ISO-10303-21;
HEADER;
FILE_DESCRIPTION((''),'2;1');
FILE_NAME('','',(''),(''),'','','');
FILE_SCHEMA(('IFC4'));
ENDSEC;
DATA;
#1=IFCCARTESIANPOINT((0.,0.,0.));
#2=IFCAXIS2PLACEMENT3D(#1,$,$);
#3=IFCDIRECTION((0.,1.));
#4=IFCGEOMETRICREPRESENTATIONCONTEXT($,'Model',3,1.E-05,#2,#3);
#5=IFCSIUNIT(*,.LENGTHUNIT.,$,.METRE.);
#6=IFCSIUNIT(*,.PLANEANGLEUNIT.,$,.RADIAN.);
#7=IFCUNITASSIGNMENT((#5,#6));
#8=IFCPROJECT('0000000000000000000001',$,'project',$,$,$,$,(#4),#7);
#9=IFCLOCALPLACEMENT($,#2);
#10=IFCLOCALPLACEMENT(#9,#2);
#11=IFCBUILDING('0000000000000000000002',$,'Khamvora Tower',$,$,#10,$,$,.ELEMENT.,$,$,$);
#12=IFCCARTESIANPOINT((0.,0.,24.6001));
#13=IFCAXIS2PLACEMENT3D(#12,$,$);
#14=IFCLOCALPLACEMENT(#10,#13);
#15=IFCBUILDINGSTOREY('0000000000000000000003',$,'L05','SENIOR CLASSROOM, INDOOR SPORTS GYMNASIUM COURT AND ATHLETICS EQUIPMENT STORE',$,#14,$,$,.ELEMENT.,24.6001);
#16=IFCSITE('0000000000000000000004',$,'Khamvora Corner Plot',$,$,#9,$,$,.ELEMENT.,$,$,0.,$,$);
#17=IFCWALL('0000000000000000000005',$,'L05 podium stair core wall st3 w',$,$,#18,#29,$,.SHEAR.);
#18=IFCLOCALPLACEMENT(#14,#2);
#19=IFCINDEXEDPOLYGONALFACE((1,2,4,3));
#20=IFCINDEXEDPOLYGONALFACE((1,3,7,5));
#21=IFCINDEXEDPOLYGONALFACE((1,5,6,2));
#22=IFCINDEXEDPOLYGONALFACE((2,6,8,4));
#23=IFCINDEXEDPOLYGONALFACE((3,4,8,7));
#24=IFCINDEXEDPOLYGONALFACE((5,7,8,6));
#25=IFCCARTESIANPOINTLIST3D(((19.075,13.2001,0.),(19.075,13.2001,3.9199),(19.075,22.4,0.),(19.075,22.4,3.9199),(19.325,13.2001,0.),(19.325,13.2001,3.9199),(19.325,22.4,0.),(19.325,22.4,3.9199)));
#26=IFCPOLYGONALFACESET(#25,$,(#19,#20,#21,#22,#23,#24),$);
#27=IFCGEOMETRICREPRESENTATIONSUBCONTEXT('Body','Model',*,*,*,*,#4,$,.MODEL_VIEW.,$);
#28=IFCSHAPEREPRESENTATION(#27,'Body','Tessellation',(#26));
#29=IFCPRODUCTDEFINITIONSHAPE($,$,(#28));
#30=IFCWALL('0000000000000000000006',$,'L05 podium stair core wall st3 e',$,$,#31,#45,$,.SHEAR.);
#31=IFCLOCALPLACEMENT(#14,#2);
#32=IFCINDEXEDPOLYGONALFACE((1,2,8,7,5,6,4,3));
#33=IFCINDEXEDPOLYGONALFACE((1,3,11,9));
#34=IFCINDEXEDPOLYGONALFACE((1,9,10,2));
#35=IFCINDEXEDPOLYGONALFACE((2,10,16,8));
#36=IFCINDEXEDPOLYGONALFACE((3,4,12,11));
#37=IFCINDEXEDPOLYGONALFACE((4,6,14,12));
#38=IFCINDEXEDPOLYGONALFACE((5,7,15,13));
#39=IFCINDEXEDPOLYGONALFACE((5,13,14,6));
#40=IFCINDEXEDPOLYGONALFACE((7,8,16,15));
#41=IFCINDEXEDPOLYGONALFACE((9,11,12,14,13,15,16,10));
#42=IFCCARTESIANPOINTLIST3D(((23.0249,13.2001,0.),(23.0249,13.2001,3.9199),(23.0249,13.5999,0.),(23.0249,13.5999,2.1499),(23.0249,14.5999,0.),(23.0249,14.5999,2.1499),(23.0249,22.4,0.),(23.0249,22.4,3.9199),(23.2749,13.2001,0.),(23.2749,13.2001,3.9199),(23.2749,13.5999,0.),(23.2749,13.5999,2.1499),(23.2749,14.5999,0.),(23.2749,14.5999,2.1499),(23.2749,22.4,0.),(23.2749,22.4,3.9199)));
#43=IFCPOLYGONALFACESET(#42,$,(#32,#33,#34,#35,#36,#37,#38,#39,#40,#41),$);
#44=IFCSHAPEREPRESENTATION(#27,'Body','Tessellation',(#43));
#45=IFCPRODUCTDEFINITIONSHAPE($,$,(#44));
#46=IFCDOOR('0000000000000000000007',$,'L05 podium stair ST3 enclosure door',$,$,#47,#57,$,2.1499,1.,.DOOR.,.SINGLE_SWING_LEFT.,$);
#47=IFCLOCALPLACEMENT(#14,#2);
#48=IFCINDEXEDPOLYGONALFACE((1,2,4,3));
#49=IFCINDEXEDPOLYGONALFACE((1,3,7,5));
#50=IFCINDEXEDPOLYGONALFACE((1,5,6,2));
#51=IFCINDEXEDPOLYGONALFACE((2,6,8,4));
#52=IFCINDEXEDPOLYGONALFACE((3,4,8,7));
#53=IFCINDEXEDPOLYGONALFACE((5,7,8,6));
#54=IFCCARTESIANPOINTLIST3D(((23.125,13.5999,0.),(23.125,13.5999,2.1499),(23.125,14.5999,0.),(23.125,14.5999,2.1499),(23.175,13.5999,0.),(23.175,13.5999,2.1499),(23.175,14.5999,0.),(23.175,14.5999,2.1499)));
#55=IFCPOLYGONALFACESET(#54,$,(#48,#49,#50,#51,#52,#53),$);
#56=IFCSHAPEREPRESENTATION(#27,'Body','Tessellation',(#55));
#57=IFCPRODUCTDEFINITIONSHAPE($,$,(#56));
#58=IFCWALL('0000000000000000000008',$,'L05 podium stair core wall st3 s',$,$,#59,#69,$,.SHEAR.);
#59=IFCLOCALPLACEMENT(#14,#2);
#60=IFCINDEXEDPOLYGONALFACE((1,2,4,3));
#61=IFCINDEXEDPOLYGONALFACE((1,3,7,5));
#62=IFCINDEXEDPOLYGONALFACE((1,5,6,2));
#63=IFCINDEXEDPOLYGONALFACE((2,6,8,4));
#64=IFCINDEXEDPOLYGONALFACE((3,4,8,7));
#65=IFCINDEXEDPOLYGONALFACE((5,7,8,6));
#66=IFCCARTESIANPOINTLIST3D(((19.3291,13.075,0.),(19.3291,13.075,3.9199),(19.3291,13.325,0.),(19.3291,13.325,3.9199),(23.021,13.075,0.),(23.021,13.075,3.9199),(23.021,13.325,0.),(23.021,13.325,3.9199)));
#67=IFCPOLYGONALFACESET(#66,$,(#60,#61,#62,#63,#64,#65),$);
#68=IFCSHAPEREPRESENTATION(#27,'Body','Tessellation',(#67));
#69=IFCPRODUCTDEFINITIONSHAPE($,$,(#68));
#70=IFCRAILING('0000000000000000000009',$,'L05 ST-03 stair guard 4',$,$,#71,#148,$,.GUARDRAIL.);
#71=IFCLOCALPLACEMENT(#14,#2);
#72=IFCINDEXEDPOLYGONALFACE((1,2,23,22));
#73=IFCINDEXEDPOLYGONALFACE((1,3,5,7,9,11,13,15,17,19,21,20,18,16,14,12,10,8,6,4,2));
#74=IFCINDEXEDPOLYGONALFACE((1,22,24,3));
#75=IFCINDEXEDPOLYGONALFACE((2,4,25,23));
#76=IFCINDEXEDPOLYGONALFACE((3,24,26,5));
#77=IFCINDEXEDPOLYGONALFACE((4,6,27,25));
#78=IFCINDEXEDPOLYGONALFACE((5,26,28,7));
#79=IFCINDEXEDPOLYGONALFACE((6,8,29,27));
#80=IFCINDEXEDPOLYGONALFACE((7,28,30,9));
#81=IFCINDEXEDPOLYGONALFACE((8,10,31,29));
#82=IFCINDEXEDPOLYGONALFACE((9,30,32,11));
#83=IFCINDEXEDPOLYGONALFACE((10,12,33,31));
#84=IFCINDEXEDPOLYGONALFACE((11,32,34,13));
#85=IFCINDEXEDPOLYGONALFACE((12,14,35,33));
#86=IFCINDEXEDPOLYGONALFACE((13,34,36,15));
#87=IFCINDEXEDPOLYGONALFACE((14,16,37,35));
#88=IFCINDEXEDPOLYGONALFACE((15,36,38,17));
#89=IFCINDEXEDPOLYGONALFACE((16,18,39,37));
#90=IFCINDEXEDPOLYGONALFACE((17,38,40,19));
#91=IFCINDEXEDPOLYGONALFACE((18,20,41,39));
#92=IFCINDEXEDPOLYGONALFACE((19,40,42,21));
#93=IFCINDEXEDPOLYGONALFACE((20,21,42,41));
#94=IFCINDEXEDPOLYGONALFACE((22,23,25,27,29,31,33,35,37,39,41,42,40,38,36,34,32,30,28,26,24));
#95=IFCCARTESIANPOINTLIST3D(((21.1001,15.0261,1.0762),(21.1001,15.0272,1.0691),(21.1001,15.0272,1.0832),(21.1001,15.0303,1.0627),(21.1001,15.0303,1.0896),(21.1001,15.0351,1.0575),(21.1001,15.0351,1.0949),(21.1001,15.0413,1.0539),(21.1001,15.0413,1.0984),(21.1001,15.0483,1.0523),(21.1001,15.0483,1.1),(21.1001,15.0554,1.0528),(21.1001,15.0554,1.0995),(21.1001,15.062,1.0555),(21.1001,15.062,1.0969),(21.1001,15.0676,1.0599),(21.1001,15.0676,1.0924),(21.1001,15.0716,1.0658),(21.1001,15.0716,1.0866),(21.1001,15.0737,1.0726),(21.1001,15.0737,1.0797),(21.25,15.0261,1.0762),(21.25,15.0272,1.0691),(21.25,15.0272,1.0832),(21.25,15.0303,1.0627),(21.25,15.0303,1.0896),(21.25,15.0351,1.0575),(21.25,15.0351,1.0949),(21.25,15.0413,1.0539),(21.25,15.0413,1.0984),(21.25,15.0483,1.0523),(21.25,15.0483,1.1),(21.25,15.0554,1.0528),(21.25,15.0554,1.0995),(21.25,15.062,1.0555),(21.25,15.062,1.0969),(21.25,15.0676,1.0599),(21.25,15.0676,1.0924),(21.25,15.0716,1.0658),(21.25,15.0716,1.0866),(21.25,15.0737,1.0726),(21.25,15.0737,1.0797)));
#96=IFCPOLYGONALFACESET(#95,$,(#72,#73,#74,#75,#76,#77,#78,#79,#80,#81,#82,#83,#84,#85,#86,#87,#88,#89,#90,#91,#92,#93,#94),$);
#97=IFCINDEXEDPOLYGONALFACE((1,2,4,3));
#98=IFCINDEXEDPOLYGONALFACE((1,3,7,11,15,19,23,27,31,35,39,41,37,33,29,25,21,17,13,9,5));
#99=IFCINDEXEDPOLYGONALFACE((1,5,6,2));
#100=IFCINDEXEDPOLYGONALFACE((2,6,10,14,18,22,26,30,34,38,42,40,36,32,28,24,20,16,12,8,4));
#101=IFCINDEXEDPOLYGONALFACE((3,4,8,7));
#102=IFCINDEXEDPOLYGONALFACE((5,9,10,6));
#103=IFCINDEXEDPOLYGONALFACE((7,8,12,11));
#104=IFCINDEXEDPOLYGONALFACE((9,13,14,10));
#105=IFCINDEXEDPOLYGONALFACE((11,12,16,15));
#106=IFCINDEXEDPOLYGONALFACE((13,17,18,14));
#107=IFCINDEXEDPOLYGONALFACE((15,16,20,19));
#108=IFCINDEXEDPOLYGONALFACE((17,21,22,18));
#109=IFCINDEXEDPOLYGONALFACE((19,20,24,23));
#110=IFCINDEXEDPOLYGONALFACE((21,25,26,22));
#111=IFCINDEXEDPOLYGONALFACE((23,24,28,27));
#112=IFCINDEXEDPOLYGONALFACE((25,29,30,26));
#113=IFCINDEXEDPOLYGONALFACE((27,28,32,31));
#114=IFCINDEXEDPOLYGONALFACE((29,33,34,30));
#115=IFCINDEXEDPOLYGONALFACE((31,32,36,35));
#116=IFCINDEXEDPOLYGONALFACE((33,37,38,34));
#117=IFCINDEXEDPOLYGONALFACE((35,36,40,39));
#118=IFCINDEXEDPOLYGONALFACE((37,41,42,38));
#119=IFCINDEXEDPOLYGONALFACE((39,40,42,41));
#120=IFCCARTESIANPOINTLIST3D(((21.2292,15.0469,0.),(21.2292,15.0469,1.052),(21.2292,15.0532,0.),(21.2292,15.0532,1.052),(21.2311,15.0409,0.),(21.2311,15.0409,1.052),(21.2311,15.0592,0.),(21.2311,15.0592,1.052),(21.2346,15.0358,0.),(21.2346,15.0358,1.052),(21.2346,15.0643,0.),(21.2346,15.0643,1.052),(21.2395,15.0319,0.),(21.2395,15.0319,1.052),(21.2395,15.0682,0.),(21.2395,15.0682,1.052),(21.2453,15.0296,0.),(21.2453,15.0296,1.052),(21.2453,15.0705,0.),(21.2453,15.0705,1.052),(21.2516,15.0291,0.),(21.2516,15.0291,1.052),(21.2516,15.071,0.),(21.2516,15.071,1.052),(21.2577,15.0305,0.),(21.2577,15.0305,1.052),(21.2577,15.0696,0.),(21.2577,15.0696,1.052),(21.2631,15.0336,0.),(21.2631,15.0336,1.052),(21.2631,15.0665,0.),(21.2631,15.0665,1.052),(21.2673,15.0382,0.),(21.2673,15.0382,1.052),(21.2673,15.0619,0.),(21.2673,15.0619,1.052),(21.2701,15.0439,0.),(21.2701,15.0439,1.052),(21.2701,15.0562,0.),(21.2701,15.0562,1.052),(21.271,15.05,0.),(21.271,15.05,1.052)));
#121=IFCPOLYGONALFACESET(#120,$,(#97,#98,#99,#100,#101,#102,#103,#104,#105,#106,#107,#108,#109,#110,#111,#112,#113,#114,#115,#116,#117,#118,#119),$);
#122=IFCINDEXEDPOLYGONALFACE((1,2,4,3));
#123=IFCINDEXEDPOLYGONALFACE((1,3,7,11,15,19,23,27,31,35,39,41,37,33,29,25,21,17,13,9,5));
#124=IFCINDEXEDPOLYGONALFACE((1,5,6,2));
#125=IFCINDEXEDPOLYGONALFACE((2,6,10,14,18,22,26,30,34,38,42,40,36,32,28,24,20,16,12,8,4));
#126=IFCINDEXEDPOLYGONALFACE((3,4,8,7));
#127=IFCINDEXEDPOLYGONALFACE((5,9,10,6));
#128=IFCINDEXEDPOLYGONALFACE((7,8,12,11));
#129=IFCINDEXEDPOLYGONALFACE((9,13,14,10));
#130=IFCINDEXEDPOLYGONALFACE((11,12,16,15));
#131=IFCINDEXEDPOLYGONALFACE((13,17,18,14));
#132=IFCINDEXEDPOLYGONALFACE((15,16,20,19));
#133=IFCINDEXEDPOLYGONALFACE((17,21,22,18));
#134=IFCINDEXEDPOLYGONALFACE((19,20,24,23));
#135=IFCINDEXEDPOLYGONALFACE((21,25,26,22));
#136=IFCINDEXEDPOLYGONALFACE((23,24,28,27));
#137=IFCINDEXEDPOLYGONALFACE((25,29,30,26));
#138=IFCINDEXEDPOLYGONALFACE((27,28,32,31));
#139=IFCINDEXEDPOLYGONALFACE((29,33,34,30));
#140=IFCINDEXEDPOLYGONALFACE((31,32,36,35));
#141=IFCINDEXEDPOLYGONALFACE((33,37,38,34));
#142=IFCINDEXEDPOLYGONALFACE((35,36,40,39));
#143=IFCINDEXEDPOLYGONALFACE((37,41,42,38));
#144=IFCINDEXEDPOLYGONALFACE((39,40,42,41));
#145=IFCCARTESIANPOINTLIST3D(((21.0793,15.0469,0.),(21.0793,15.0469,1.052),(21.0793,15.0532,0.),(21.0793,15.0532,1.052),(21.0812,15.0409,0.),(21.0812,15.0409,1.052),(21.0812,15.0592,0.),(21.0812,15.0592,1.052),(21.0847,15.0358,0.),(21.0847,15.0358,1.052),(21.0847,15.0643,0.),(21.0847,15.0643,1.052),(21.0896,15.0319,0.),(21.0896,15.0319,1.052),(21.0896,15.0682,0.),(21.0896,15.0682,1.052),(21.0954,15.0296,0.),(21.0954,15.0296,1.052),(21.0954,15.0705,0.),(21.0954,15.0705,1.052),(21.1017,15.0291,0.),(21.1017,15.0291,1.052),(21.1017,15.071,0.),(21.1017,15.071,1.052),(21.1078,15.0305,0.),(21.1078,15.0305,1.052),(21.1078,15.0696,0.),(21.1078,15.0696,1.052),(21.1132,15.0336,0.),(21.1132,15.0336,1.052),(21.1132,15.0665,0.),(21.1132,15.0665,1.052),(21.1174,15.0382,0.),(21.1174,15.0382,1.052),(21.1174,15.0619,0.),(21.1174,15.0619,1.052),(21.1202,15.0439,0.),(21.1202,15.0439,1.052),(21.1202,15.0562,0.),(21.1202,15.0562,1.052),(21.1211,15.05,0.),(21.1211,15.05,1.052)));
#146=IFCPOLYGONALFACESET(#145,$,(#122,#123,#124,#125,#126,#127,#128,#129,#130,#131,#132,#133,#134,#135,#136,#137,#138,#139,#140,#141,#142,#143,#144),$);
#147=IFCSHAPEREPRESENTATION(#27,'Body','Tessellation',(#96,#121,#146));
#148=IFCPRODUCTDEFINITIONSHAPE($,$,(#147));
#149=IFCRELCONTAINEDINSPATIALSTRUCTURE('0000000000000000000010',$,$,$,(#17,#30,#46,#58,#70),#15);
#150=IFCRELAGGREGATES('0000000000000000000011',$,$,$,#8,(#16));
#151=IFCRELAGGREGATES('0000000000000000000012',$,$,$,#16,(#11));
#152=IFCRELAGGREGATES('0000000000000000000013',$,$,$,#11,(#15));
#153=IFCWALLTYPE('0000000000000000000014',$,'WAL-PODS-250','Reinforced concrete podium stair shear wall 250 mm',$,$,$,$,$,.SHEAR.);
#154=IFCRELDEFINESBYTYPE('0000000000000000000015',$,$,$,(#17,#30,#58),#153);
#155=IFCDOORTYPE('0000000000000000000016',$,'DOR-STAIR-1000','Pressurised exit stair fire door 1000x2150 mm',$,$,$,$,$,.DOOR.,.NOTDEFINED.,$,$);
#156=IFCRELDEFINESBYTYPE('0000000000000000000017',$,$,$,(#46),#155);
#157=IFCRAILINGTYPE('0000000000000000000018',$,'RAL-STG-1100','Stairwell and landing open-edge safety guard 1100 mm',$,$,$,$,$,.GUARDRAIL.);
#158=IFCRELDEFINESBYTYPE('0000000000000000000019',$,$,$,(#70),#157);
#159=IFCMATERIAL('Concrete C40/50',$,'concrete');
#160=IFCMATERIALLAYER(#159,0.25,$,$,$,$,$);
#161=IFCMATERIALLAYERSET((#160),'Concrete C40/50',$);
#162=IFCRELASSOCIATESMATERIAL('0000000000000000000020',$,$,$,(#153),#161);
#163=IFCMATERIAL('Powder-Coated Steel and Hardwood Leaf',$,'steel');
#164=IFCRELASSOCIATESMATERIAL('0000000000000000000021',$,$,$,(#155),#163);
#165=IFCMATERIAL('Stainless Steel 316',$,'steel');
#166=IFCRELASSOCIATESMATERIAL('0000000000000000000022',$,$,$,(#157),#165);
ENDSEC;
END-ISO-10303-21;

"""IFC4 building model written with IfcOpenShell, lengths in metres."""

from ifc_helpers import new_model, si_unit, direction, frame, frame_2d, origin, origin_2d, place, context, subcontext, project, spatial, rectangle, circle, extrude, material, layer, layer_set, type_object, element, fill, save


model = new_model("IFC4")

# Units and contexts
model_context = context("Model", 3, precision=1e-05, world=origin(), true_north=direction((0.0, 1.0)))
body_context = subcontext(model_context, "Body", "Model", "MODEL_VIEW")
ifc_project = project(units=[si_unit("LENGTHUNIT", "METRE"), si_unit("PLANEANGLEUNIT", "RADIAN")], contexts=[model_context])

# Site, building, storey
site_placement = place(None, origin())
site = spatial("IfcSite", under=ifc_project, at=site_placement, Name="Khamvora Corner Plot", CompositionType="ELEMENT", RefElevation=0.0)
building_placement = place(site_placement, origin())
building = spatial("IfcBuilding", under=site, at=building_placement, Name="Khamvora Tower", CompositionType="ELEMENT")
storey_placement = place(building_placement, frame((0.0, 0.0, 24.6001)))
storey = spatial("IfcBuildingStorey", under=building, at=storey_placement, Name="L05", Description="SENIOR CLASSROOM, INDOOR SPORTS GYMNASIUM COURT AND ATHLETICS EQUIPMENT STORE", CompositionType="ELEMENT", Elevation=24.6001)

# Wall
ifc_material_1 = material(Name="Concrete C40/50", Category="concrete")
ifc_layer_1 = layer(ifc_material_1, 0.25)
ifc_layer_set_1 = layer_set([ifc_layer_1], Name="Concrete C40/50")
wall_type_1 = type_object("IfcWallType", Name="WAL-PODS-250", Description="Reinforced concrete podium stair shear wall 250 mm", PredefinedType="SHEAR", material=ifc_layer_set_1)
wall_1_placement = place(storey_placement, frame((19.2, 13.2, 0.0), z_axis=(0.0, 0.0, 1.0), x_axis=(0.0, 1.0, 0.0)))
element("IfcWall", 1, at=wall_1_placement, inside=storey, type_object=wall_type_1, Name="L05 podium stair core wall st3 w", PredefinedType="SHEAR", context=body_context, shape_type="SweptSolid", body=[
    extrude(rectangle(XDim=9.2, YDim=0.25, at=frame_2d((4.6001, 0.0))), origin(), (0.0, 0.0, 1.0), 3.9199),
])

# Wall, opening, door
wall_2_placement = place(storey_placement, frame((23.1499, 13.2, 0.0), z_axis=(0.0, 0.0, 1.0), x_axis=(0.0, 1.0, 0.0)))
wall_2 = element("IfcWall", 2, at=wall_2_placement, inside=storey, type_object=wall_type_1, Name="L05 podium stair core wall st3 e", PredefinedType="SHEAR", context=body_context, shape_type="SweptSolid", body=[
    extrude(rectangle(XDim=9.2, YDim=0.25, at=frame_2d((4.6001, 0.0))), origin(), (0.0, 0.0, 1.0), 3.9199),
])
opening_placement = place(wall_2_placement, frame((0.3999, 0.0, 0.0)))
opening = element("IfcOpeningElement", 3, at=opening_placement, cuts=wall_2, PredefinedType="OPENING", context=body_context, shape_type="SweptSolid", body=[
    extrude(rectangle(XDim=1.0, YDim=2.1499, at=frame_2d((0.5, 1.075))), frame((0.0, 0.135, 0.0), z_axis=(0.0, -1.0, 0.0), x_axis=(1.0, 0.0, 0.0)), (0.0, 0.0, 1.0), 0.27),
])
ifc_material_2 = material(Name="Powder-Coated Steel and Hardwood Leaf", Category="steel")
door_type = type_object("IfcDoorType", Name="DOR-STAIR-1000", Description="Pressurised exit stair fire door 1000x2150 mm", OperationType="NOTDEFINED", PredefinedType="DOOR", material=ifc_material_2)
door_placement = place(opening_placement, origin())
door = element("IfcDoor", 4, at=door_placement, inside=storey, type_object=door_type, Name="L05 podium stair ST3 enclosure door", OperationType="SINGLE_SWING_LEFT", OverallHeight=2.1499, OverallWidth=1.0, PredefinedType="DOOR", context=body_context, shape_type="SweptSolid", body=[
    extrude(rectangle(XDim=1.0, YDim=2.1499, at=frame_2d((0.5, 1.075))), frame((0.0, 0.0249, 0.0), z_axis=(0.0, -1.0, 0.0), x_axis=(1.0, 0.0, 0.0)), (0.0, 0.0, 1.0), 0.05),
])
fill(opening, door)

# Wall
wall_3_placement = place(storey_placement, frame((19.3291, 13.2, 0.0), z_axis=(0.0, 0.0, 1.0), x_axis=(1.0, 0.0, 0.0)))
element("IfcWall", 5, at=wall_3_placement, inside=storey, type_object=wall_type_1, Name="L05 podium stair core wall st3 s", PredefinedType="SHEAR", context=body_context, shape_type="SweptSolid", body=[
    extrude(rectangle(XDim=3.6919, YDim=0.25, at=frame_2d((1.8459, 0.0))), origin(), (0.0, 0.0, 1.0), 3.9199),
])

# Railing
ifc_material_3 = material(Name="Stainless Steel 316", Category="steel")
railing_type = type_object("IfcRailingType", Name="RAL-STG-1100", Description="Stairwell and landing open-edge safety guard 1100 mm", PredefinedType="GUARDRAIL", material=ifc_material_3)
railing_placement = place(storey_placement, frame((21.25, 15.05, 0.0)))
element("IfcRailing", 6, at=railing_placement, inside=storey, type_object=railing_type, Name="L05 ST-03 stair guard 4", PredefinedType="GUARDRAIL", context=body_context, shape_type="SweptSolid", body=[
    extrude(circle(Radius=0.0239, at=origin_2d()), frame((0.0, 0.0, 1.0762), z_axis=(-1.0, 0.0, 0.0), x_axis=(0.0, -1.0, 0.0)), (0.0, 0.0, 1.0), 0.1499),
    extrude(circle(Radius=0.021, at=origin_2d()), origin(), (0.0, 0.0, 1.0), 1.052),
    extrude(circle(Radius=0.021, at=origin_2d()), frame((-0.1499, 0.0, 0.0)), (0.0, 0.0, 1.0), 1.052),
])

save(model, "model.ifc")
